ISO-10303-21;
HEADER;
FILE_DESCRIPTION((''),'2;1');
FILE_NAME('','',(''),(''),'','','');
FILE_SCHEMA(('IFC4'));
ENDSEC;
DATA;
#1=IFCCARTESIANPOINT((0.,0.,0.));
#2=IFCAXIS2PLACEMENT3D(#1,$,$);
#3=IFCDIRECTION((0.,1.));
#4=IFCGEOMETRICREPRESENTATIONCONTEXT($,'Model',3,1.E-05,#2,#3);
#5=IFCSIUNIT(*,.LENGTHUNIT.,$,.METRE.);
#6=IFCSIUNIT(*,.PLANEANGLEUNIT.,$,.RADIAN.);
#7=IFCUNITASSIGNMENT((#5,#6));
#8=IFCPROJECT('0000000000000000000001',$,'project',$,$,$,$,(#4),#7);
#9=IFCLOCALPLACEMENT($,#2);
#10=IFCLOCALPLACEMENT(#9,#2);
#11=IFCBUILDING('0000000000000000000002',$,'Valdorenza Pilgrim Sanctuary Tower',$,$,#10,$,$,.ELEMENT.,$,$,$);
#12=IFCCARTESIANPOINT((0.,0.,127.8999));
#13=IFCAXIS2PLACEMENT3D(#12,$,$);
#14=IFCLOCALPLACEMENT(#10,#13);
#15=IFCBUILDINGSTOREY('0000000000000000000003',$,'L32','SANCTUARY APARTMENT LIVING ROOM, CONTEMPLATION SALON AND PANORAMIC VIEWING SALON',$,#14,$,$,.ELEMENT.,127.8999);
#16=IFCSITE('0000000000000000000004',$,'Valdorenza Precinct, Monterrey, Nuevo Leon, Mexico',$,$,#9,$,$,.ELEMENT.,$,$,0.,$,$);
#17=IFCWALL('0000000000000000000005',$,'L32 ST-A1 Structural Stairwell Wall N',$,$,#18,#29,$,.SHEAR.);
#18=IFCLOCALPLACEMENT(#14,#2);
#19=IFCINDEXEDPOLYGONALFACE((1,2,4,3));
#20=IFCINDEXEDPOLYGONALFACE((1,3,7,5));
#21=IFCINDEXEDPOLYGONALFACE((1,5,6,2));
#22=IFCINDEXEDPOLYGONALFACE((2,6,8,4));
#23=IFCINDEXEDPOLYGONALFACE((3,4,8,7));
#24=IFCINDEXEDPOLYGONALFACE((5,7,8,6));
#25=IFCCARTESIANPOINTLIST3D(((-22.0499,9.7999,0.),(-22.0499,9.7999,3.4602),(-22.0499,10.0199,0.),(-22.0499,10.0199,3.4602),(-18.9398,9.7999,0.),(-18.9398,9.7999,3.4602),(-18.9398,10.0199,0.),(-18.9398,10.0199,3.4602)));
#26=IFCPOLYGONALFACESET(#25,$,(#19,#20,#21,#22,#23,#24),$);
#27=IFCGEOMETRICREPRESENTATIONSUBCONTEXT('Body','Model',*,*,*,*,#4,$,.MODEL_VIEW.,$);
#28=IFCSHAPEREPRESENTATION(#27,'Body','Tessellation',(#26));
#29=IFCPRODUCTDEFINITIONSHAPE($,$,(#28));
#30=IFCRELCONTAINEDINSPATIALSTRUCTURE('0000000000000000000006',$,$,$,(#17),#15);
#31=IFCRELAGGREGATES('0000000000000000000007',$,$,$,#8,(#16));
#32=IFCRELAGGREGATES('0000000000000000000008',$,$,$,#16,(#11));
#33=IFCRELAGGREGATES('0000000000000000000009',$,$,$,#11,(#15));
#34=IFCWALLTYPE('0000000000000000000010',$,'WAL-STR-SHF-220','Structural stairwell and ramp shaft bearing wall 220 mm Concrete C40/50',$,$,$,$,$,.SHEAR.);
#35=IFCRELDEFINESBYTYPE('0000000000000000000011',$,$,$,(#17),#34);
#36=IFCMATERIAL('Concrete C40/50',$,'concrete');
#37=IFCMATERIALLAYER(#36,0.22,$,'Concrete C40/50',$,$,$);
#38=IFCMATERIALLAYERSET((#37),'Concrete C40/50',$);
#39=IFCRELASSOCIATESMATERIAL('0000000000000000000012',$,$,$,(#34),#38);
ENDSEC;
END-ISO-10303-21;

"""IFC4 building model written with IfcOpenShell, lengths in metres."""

from ifc_helpers import new_model, si_unit, direction, frame, frame_2d, origin, place, context, subcontext, project, spatial, rectangle, extrude, material, layer, layer_set, type_object, element, save


model = new_model("IFC4")

# Units and contexts
model_context = context("Model", 3, precision=1e-05, world=origin(), true_north=direction((0.0, 1.0)))
body_context = subcontext(model_context, "Body", "Model", "MODEL_VIEW")
ifc_project = project(units=[si_unit("LENGTHUNIT", "METRE"), si_unit("PLANEANGLEUNIT", "RADIAN")], contexts=[model_context])

# Site, building, storey
site_placement = place(None, origin())
site = spatial("IfcSite", under=ifc_project, at=site_placement, Name="Valdorenza Precinct, Monterrey, Nuevo Leon, Mexico", CompositionType="ELEMENT", RefElevation=0.0)
building_placement = place(site_placement, origin())
building = spatial("IfcBuilding", under=site, at=building_placement, Name="Valdorenza Pilgrim Sanctuary Tower", CompositionType="ELEMENT")
storey_placement = place(building_placement, frame((0.0, 0.0, 127.8999)))
storey = spatial("IfcBuildingStorey", under=building, at=storey_placement, Name="L32", Description="SANCTUARY APARTMENT LIVING ROOM, CONTEMPLATION SALON AND PANORAMIC VIEWING SALON", CompositionType="ELEMENT", Elevation=127.8999)

# Wall
ifc_material_1 = material(Name="Concrete C40/50", Category="concrete")
ifc_layer_1 = layer(ifc_material_1, 0.22, Name="Concrete C40/50")
ifc_layer_set_1 = layer_set([ifc_layer_1], Name="Concrete C40/50")
wall_type_1 = type_object("IfcWallType", Name="WAL-STR-SHF-220", Description="Structural stairwell and ramp shaft bearing wall 220 mm Concrete C40/50", PredefinedType="SHEAR", material=ifc_layer_set_1)
wall_1_placement = place(storey_placement, frame((-22.05, 9.9099, 0.0), z_axis=(0.0, 0.0, 1.0), x_axis=(1.0, 0.0, 0.0)))
element("IfcWall", 1, at=wall_1_placement, inside=storey, type_object=wall_type_1, Name="L32 ST-A1 Structural Stairwell Wall N", PredefinedType="SHEAR", context=body_context, shape_type="SweptSolid", body=[
    extrude(rectangle(XDim=3.1101, YDim=0.22, at=frame_2d((1.5552, 0.0))), origin(), (0.0, 0.0, 1.0), 3.4602),
])

save(model, "model.ifc")
